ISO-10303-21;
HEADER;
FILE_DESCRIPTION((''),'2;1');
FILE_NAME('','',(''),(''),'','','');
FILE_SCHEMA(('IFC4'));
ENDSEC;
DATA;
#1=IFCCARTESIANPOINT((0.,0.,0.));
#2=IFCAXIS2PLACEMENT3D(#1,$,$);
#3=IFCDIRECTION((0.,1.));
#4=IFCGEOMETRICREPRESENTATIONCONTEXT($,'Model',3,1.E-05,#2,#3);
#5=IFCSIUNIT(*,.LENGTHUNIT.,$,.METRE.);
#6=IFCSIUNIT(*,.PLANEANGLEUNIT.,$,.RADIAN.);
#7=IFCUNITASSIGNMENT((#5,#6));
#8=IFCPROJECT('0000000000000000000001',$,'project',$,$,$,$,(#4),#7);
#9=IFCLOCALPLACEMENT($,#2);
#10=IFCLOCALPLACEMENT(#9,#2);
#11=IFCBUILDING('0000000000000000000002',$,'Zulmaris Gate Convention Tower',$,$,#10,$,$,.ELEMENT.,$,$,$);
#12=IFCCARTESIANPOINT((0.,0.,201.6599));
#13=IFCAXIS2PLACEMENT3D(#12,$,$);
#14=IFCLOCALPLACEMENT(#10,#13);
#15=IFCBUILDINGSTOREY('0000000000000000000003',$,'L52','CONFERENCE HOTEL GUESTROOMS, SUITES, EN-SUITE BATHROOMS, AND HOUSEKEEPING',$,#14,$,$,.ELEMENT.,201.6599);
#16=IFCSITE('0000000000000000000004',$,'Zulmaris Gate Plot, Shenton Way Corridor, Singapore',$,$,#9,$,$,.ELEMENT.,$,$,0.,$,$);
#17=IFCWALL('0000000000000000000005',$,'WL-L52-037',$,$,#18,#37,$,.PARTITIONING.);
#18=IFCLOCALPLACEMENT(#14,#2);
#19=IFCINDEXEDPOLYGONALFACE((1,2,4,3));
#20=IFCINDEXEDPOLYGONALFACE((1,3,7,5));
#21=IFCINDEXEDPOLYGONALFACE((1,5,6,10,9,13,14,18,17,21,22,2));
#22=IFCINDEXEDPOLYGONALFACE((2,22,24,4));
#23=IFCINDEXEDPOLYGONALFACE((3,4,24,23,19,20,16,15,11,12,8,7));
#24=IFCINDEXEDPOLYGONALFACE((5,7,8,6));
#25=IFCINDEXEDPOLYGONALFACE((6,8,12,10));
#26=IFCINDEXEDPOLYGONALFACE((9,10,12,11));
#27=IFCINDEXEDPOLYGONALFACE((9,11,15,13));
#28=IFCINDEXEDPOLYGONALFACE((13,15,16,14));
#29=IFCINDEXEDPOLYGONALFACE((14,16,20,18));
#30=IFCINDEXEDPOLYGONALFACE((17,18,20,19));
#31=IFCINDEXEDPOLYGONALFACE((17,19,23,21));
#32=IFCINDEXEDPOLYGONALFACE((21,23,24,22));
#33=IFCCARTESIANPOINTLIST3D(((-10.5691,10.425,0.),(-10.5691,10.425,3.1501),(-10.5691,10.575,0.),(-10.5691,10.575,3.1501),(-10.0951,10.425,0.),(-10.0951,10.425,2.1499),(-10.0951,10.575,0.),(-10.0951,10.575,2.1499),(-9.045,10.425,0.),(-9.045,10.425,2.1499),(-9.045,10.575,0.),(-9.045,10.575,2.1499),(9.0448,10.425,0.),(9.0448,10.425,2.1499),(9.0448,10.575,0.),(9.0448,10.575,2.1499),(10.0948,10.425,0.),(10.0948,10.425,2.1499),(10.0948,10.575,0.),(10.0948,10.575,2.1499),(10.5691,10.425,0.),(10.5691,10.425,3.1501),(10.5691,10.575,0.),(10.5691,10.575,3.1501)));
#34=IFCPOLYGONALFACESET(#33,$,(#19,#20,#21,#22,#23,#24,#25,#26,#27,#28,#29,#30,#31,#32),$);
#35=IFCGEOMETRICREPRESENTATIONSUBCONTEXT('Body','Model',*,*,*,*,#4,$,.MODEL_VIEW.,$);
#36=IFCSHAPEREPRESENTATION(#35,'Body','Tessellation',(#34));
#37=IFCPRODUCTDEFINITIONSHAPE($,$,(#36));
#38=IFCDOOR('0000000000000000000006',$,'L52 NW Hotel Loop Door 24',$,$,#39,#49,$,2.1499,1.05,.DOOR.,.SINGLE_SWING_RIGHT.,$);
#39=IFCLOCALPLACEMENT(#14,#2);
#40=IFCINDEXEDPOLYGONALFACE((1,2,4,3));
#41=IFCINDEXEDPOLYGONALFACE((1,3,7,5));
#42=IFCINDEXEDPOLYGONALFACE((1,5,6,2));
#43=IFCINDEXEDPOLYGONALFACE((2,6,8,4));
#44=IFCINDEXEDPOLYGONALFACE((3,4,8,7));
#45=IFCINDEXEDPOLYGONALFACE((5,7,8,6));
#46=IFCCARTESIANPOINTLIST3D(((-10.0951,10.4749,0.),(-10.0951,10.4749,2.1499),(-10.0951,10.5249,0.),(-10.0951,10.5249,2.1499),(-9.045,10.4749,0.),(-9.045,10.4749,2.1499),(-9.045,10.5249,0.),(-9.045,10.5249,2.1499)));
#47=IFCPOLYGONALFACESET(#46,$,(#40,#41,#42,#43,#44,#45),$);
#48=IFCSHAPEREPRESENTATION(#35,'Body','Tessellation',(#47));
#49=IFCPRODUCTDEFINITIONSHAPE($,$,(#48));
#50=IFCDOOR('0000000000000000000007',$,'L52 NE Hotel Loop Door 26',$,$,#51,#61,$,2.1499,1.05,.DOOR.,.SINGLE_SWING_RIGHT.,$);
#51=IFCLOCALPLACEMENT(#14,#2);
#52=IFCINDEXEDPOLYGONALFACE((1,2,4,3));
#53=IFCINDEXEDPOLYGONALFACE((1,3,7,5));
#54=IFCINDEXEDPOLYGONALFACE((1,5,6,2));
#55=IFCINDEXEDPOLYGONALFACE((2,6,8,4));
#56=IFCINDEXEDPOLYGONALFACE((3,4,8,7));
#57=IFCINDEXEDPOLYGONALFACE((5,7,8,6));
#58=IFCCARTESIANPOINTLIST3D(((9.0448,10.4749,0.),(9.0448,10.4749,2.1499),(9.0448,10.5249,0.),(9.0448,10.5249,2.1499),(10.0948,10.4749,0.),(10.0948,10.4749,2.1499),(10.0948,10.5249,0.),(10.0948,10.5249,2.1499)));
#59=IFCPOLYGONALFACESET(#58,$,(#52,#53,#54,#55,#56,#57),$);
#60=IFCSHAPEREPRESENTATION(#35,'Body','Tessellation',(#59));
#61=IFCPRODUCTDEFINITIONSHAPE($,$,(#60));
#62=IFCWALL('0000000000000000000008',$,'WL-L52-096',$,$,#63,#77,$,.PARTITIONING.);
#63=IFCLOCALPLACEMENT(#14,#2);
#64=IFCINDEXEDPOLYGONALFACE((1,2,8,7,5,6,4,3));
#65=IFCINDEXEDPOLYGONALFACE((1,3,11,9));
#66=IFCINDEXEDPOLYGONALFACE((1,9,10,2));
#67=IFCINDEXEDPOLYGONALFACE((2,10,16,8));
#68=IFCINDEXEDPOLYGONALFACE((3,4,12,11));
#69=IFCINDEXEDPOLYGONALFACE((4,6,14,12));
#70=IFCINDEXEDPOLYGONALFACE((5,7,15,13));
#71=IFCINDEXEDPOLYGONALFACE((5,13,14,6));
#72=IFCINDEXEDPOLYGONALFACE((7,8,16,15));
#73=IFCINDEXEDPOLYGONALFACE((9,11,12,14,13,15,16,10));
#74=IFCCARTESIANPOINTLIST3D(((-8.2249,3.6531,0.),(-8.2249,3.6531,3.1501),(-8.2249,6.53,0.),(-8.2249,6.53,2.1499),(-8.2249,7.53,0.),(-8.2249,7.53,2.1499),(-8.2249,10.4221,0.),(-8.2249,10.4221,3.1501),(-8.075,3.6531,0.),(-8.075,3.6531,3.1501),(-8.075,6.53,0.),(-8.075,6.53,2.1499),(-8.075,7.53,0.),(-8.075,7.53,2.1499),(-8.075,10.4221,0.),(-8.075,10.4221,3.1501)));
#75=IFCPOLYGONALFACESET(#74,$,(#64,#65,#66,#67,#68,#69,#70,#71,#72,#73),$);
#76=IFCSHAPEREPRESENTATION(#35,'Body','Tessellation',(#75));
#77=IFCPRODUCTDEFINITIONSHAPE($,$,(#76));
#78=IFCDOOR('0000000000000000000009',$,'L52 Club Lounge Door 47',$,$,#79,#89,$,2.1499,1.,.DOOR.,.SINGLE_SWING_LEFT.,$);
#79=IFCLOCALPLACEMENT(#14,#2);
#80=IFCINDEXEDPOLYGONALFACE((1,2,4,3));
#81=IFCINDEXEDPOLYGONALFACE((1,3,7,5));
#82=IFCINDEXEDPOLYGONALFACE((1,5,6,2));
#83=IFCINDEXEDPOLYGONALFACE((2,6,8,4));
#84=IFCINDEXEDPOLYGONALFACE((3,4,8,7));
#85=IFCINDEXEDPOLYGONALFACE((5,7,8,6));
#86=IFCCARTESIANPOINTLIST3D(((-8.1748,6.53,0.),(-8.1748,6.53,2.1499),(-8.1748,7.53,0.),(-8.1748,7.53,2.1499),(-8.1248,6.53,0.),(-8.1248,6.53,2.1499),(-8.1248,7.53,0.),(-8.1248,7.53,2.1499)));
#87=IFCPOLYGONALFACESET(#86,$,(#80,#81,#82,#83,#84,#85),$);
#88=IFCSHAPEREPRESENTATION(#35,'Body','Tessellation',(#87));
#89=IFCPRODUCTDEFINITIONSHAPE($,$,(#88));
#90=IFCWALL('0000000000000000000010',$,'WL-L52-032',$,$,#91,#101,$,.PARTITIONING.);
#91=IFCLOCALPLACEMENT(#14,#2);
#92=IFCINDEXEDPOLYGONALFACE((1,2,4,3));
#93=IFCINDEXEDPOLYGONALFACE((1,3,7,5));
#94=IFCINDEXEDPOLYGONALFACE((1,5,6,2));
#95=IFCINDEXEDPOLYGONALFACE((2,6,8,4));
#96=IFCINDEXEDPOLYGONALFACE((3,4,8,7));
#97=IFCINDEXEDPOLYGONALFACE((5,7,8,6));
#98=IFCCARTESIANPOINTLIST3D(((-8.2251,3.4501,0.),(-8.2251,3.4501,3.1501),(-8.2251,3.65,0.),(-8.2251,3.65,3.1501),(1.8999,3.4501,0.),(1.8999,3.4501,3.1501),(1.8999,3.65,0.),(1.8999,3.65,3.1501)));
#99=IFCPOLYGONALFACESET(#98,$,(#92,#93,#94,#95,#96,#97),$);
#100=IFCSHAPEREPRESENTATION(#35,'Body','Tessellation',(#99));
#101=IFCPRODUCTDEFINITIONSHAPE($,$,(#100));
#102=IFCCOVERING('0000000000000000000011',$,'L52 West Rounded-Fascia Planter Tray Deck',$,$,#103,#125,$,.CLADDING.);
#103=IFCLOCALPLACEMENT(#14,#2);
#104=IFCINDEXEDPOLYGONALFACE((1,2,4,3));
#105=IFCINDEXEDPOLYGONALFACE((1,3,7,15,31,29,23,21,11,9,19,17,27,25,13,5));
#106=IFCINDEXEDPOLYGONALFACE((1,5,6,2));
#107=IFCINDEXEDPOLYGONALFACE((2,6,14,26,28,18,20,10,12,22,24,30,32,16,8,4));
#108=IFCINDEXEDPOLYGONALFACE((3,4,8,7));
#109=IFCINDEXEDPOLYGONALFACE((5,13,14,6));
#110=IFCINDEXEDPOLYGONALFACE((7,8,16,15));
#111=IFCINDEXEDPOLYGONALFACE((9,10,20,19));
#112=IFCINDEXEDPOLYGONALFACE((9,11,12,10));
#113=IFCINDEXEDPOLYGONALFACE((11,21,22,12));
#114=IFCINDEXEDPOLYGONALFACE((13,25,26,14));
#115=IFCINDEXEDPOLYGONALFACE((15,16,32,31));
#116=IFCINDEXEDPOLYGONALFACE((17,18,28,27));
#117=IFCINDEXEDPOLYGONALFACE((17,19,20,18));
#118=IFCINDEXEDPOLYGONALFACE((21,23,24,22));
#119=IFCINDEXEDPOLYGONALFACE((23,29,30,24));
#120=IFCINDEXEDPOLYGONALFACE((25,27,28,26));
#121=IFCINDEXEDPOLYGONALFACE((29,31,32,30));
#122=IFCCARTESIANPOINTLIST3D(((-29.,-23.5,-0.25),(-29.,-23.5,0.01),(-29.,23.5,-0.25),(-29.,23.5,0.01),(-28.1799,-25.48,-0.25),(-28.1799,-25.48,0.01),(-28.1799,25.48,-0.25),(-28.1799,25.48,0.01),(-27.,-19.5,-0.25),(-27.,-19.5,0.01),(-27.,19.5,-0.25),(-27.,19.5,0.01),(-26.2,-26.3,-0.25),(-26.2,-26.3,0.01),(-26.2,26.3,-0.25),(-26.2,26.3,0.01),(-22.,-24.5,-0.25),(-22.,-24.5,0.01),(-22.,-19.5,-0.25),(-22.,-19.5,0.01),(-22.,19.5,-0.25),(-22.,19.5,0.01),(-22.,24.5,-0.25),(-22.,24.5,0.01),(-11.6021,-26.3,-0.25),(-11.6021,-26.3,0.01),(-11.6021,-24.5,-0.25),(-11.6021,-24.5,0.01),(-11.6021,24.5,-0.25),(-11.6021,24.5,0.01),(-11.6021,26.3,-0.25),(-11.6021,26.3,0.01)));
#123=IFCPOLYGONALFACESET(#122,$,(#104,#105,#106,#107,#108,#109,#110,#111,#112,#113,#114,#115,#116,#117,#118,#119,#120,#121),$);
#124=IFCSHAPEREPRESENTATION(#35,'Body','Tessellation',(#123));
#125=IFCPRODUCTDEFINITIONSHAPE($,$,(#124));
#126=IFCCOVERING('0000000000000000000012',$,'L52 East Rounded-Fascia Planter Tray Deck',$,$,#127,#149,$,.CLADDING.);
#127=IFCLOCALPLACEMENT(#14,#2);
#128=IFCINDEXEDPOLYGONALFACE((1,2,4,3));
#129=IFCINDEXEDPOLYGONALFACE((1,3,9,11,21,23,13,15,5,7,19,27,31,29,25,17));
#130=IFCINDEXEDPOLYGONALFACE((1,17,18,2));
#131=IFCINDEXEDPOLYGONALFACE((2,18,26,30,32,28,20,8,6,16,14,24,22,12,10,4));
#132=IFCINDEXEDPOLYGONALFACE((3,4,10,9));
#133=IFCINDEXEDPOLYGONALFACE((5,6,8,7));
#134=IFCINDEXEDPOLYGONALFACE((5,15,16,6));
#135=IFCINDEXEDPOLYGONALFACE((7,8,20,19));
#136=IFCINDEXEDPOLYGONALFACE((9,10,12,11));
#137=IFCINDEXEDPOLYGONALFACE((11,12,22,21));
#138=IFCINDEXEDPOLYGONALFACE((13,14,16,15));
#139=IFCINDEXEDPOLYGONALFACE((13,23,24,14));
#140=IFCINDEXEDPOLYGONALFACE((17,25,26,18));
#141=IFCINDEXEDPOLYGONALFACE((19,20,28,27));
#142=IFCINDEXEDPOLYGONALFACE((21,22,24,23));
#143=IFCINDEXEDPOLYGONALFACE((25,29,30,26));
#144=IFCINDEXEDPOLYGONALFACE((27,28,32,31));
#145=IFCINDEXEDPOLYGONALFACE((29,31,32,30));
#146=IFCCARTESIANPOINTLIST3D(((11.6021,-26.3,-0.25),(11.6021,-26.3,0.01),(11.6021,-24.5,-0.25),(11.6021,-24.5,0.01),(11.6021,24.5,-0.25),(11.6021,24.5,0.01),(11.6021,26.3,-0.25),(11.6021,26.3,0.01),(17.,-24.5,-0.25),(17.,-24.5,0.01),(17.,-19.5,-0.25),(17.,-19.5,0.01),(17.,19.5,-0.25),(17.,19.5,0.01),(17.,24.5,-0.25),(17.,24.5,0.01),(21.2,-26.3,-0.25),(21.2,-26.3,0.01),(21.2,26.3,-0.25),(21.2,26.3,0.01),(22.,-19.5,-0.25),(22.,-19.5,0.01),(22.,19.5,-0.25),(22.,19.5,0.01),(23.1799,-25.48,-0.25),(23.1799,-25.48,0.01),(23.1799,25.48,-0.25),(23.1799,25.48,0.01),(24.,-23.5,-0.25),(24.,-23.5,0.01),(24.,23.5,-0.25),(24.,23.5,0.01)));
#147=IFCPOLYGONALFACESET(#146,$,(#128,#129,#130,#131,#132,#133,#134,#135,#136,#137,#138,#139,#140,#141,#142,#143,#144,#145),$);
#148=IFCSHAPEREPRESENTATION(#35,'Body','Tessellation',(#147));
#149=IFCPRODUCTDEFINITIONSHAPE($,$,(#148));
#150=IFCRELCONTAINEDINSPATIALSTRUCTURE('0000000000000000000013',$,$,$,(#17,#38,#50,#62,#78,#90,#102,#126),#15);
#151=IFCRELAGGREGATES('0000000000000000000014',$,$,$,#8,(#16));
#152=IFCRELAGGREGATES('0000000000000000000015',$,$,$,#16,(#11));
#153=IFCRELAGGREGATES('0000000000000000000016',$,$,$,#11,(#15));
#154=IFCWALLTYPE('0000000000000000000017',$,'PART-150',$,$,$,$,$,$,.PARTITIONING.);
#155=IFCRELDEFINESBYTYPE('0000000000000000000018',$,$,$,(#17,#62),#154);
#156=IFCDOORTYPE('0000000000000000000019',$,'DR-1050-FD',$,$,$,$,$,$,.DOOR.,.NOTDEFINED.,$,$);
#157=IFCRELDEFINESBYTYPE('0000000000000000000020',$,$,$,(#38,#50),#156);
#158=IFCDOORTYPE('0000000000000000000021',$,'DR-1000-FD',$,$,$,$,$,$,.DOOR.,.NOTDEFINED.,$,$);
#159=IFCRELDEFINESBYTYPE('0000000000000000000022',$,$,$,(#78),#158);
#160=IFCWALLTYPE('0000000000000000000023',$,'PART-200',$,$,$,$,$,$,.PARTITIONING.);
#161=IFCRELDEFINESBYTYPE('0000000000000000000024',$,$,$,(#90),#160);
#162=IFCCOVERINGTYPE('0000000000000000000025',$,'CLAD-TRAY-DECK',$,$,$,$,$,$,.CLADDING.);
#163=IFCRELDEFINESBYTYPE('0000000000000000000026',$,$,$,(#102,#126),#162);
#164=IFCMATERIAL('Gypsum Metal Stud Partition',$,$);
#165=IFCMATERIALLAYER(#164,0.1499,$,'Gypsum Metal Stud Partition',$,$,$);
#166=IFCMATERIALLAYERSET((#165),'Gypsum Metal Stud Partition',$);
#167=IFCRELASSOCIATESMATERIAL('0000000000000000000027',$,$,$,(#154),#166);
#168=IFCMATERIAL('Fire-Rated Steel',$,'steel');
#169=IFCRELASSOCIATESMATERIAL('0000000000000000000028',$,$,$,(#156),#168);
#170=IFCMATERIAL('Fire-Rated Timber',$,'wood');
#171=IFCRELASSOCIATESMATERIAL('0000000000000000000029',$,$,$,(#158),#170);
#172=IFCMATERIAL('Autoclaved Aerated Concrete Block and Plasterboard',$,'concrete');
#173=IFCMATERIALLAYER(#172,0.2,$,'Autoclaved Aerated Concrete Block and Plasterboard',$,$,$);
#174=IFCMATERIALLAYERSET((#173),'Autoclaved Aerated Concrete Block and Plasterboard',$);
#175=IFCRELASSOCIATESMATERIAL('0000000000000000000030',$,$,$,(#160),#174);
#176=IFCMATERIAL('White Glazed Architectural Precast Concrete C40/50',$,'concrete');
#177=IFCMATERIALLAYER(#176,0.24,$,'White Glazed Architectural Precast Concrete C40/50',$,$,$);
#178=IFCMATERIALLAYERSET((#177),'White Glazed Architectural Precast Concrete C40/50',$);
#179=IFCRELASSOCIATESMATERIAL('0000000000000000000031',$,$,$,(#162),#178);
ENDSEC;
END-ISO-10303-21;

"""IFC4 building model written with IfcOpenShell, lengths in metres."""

from ifc_helpers import new_model, si_unit, direction, frame, frame_2d, origin, place, context, subcontext, project, spatial, polyline, rectangle, outline, extrude, material, layer, layer_set, type_object, element, fill, save


model = new_model("IFC4")

# Units and contexts
model_context = context("Model", 3, precision=1e-05, world=origin(), true_north=direction((0.0, 1.0)))
body_context = subcontext(model_context, "Body", "Model", "MODEL_VIEW")
ifc_project = project(units=[si_unit("LENGTHUNIT", "METRE"), si_unit("PLANEANGLEUNIT", "RADIAN")], contexts=[model_context])

# Site, building, storey
site_placement = place(None, origin())
site = spatial("IfcSite", under=ifc_project, at=site_placement, Name="Zulmaris Gate Plot, Shenton Way Corridor, Singapore", CompositionType="ELEMENT", RefElevation=0.0)
building_placement = place(site_placement, origin())
building = spatial("IfcBuilding", under=site, at=building_placement, Name="Zulmaris Gate Convention Tower", CompositionType="ELEMENT")
storey_placement = place(building_placement, frame((0.0, 0.0, 201.6599)))
storey = spatial("IfcBuildingStorey", under=building, at=storey_placement, Name="L52", Description="CONFERENCE HOTEL GUESTROOMS, SUITES, EN-SUITE BATHROOMS, AND HOUSEKEEPING", CompositionType="ELEMENT", Elevation=201.6599)

# Wall, openings, doors
ifc_material_1 = material(Name="Gypsum Metal Stud Partition")
ifc_layer_1 = layer(ifc_material_1, 0.1499, Name="Gypsum Metal Stud Partition")
ifc_layer_set_1 = layer_set([ifc_layer_1], Name="Gypsum Metal Stud Partition")
wall_type_1 = type_object("IfcWallType", Name="PART-150", PredefinedType="PARTITIONING", material=ifc_layer_set_1)
wall_1_placement = place(storey_placement, frame((-10.5691, 10.5, 0.0), z_axis=(0.0, 0.0, 1.0), x_axis=(1.0, 0.0, 0.0)))
wall_1 = element("IfcWall", 1, at=wall_1_placement, inside=storey, type_object=wall_type_1, Name="WL-L52-037", PredefinedType="PARTITIONING", context=body_context, shape_type="SweptSolid", body=[
    extrude(rectangle(XDim=21.1382, YDim=0.1499, at=frame_2d((10.5691, 0.0))), origin(), (0.0, 0.0, 1.0), 3.1501),
])
opening_1_placement = place(wall_1_placement, frame((0.4741, 0.0, 0.0)))
opening_1 = element("IfcOpeningElement", 2, at=opening_1_placement, cuts=wall_1, PredefinedType="OPENING", context=body_context, shape_type="SweptSolid", body=[
    extrude(rectangle(XDim=1.05, YDim=2.1499, at=frame_2d((0.5249, 1.075))), frame((0.0, 0.085, 0.0), z_axis=(0.0, -1.0, 0.0), x_axis=(1.0, 0.0, 0.0)), (0.0, 0.0, 1.0), 0.1699),
])
opening_2_placement = place(wall_1_placement, frame((19.614, 0.0, 0.0)))
opening_2 = element("IfcOpeningElement", 3, at=opening_2_placement, cuts=wall_1, PredefinedType="OPENING", context=body_context, shape_type="SweptSolid", body=[
    extrude(rectangle(XDim=1.05, YDim=2.1499, at=frame_2d((0.5249, 1.075))), frame((0.0, 0.085, 0.0), z_axis=(0.0, -1.0, 0.0), x_axis=(1.0, 0.0, 0.0)), (0.0, 0.0, 1.0), 0.1699),
])
ifc_material_2 = material(Name="Fire-Rated Steel", Category="steel")
door_type_1 = type_object("IfcDoorType", Name="DR-1050-FD", OperationType="NOTDEFINED", PredefinedType="DOOR", material=ifc_material_2)
door_1_placement = place(opening_1_placement, origin())
door_1 = element("IfcDoor", 4, at=door_1_placement, inside=storey, type_object=door_type_1, Name="L52 NW Hotel Loop Door 24", OperationType="SINGLE_SWING_RIGHT", OverallHeight=2.1499, OverallWidth=1.05, PredefinedType="DOOR", context=body_context, shape_type="SweptSolid", body=[
    extrude(rectangle(XDim=1.05, YDim=2.1499, at=frame_2d((0.5249, 1.075))), frame((0.0, 0.0249, 0.0), z_axis=(0.0, -1.0, 0.0), x_axis=(1.0, 0.0, 0.0)), (0.0, 0.0, 1.0), 0.05),
])
fill(opening_1, door_1)
door_2_placement = place(opening_2_placement, origin())
door_2 = element("IfcDoor", 5, at=door_2_placement, inside=storey, type_object=door_type_1, Name="L52 NE Hotel Loop Door 26", OperationType="SINGLE_SWING_RIGHT", OverallHeight=2.1499, OverallWidth=1.05, PredefinedType="DOOR", context=body_context, shape_type="SweptSolid", body=[
    extrude(rectangle(XDim=1.05, YDim=2.1499, at=frame_2d((0.5249, 1.075))), frame((0.0, 0.0249, 0.0), z_axis=(0.0, -1.0, 0.0), x_axis=(1.0, 0.0, 0.0)), (0.0, 0.0, 1.0), 0.05),
])
fill(opening_2, door_2)

# Wall, opening, door
wall_2_placement = place(storey_placement, frame((-8.1499, 3.6531, 0.0), z_axis=(0.0, 0.0, 1.0), x_axis=(0.0, 1.0, 0.0)))
wall_2 = element("IfcWall", 6, at=wall_2_placement, inside=storey, type_object=wall_type_1, Name="WL-L52-096", PredefinedType="PARTITIONING", context=body_context, shape_type="SweptSolid", body=[
    extrude(rectangle(XDim=6.769, YDim=0.1499, at=frame_2d((3.3845, 0.0))), origin(), (0.0, 0.0, 1.0), 3.1501),
])
opening_3_placement = place(wall_2_placement, frame((2.877, 0.0, 0.0)))
opening_3 = element("IfcOpeningElement", 7, at=opening_3_placement, cuts=wall_2, PredefinedType="OPENING", context=body_context, shape_type="SweptSolid", body=[
    extrude(rectangle(XDim=1.0, YDim=2.1499, at=frame_2d((0.5, 1.075))), frame((0.0, 0.085, 0.0), z_axis=(0.0, -1.0, 0.0), x_axis=(1.0, 0.0, 0.0)), (0.0, 0.0, 1.0), 0.1699),
])
ifc_material_3 = material(Name="Fire-Rated Timber", Category="wood")
door_type_2 = type_object("IfcDoorType", Name="DR-1000-FD", OperationType="NOTDEFINED", PredefinedType="DOOR", material=ifc_material_3)
door_3_placement = place(opening_3_placement, origin())
door_3 = element("IfcDoor", 8, at=door_3_placement, inside=storey, type_object=door_type_2, Name="L52 Club Lounge Door 47", OperationType="SINGLE_SWING_LEFT", OverallHeight=2.1499, OverallWidth=1.0, PredefinedType="DOOR", context=body_context, shape_type="SweptSolid", body=[
    extrude(rectangle(XDim=1.0, YDim=2.1499, at=frame_2d((0.5, 1.075))), frame((0.0, 0.0249, 0.0), z_axis=(0.0, -1.0, 0.0), x_axis=(1.0, 0.0, 0.0)), (0.0, 0.0, 1.0), 0.05),
])
fill(opening_3, door_3)

# Wall
ifc_material_4 = material(Name="Autoclaved Aerated Concrete Block and Plasterboard", Category="concrete")
ifc_layer_2 = layer(ifc_material_4, 0.2, Name="Autoclaved Aerated Concrete Block and Plasterboard")
ifc_layer_set_2 = layer_set([ifc_layer_2], Name="Autoclaved Aerated Concrete Block and Plasterboard")
wall_type_2 = type_object("IfcWallType", Name="PART-200", PredefinedType="PARTITIONING", material=ifc_layer_set_2)
wall_3_placement = place(storey_placement, frame((-8.2251, 3.55, 0.0), z_axis=(0.0, 0.0, 1.0), x_axis=(1.0, 0.0, 0.0)))
element("IfcWall", 9, at=wall_3_placement, inside=storey, type_object=wall_type_2, Name="WL-L52-032", PredefinedType="PARTITIONING", context=body_context, shape_type="SweptSolid", body=[
    extrude(rectangle(XDim=10.125, YDim=0.2, at=frame_2d((5.0625, 0.0))), origin(), (0.0, 0.0, 1.0), 3.1501),
])

# Coverings
ifc_material_5 = material(Name="White Glazed Architectural Precast Concrete C40/50", Category="concrete")
ifc_layer_3 = layer(ifc_material_5, 0.24, Name="White Glazed Architectural Precast Concrete C40/50")
ifc_layer_set_3 = layer_set([ifc_layer_3], Name="White Glazed Architectural Precast Concrete C40/50")
covering_type = type_object("IfcCoveringType", Name="CLAD-TRAY-DECK", PredefinedType="CLADDING", material=ifc_layer_set_3)
covering_1_placement = place(storey_placement, frame((0.0, 0.0, -0.25)))
element("IfcCovering", 10, at=covering_1_placement, inside=storey, type_object=covering_type, Name="L52 West Rounded-Fascia Planter Tray Deck", PredefinedType="CLADDING", context=body_context, shape_type="SweptSolid", body=[
    extrude(outline(polyline([(-29.0, 23.5), (-28.1799, 25.48), (-26.2, 26.3), (-11.6021, 26.3), (-11.6021, 24.5), (-22.0, 24.5), (-22.0, 19.5), (-27.0, 19.5), (-27.0, -19.5), (-22.0, -19.5), (-22.0, -24.5), (-11.6021, -24.5), (-11.6021, -26.3), (-26.2, -26.3), (-28.1799, -25.48), (-29.0, -23.5), (-29.0, 23.5)])), origin(), (0.0, 0.0, 1.0), 0.26),
])
covering_2_placement = place(storey_placement, frame((0.0, 0.0, -0.25)))
element("IfcCovering", 11, at=covering_2_placement, inside=storey, type_object=covering_type, Name="L52 East Rounded-Fascia Planter Tray Deck", PredefinedType="CLADDING", context=body_context, shape_type="SweptSolid", body=[
    extrude(outline(polyline([(21.2, 26.3), (23.1799, 25.48), (24.0, 23.5), (24.0, -23.5), (23.1799, -25.48), (21.2, -26.3), (11.6021, -26.3), (11.6021, -24.5), (17.0, -24.5), (17.0, -19.5), (22.0, -19.5), (22.0, 19.5), (17.0, 19.5), (17.0, 24.5), (11.6021, 24.5), (11.6021, 26.3), (21.2, 26.3)])), origin(), (0.0, 0.0, 1.0), 0.26),
])

save(model, "model.ifc")
